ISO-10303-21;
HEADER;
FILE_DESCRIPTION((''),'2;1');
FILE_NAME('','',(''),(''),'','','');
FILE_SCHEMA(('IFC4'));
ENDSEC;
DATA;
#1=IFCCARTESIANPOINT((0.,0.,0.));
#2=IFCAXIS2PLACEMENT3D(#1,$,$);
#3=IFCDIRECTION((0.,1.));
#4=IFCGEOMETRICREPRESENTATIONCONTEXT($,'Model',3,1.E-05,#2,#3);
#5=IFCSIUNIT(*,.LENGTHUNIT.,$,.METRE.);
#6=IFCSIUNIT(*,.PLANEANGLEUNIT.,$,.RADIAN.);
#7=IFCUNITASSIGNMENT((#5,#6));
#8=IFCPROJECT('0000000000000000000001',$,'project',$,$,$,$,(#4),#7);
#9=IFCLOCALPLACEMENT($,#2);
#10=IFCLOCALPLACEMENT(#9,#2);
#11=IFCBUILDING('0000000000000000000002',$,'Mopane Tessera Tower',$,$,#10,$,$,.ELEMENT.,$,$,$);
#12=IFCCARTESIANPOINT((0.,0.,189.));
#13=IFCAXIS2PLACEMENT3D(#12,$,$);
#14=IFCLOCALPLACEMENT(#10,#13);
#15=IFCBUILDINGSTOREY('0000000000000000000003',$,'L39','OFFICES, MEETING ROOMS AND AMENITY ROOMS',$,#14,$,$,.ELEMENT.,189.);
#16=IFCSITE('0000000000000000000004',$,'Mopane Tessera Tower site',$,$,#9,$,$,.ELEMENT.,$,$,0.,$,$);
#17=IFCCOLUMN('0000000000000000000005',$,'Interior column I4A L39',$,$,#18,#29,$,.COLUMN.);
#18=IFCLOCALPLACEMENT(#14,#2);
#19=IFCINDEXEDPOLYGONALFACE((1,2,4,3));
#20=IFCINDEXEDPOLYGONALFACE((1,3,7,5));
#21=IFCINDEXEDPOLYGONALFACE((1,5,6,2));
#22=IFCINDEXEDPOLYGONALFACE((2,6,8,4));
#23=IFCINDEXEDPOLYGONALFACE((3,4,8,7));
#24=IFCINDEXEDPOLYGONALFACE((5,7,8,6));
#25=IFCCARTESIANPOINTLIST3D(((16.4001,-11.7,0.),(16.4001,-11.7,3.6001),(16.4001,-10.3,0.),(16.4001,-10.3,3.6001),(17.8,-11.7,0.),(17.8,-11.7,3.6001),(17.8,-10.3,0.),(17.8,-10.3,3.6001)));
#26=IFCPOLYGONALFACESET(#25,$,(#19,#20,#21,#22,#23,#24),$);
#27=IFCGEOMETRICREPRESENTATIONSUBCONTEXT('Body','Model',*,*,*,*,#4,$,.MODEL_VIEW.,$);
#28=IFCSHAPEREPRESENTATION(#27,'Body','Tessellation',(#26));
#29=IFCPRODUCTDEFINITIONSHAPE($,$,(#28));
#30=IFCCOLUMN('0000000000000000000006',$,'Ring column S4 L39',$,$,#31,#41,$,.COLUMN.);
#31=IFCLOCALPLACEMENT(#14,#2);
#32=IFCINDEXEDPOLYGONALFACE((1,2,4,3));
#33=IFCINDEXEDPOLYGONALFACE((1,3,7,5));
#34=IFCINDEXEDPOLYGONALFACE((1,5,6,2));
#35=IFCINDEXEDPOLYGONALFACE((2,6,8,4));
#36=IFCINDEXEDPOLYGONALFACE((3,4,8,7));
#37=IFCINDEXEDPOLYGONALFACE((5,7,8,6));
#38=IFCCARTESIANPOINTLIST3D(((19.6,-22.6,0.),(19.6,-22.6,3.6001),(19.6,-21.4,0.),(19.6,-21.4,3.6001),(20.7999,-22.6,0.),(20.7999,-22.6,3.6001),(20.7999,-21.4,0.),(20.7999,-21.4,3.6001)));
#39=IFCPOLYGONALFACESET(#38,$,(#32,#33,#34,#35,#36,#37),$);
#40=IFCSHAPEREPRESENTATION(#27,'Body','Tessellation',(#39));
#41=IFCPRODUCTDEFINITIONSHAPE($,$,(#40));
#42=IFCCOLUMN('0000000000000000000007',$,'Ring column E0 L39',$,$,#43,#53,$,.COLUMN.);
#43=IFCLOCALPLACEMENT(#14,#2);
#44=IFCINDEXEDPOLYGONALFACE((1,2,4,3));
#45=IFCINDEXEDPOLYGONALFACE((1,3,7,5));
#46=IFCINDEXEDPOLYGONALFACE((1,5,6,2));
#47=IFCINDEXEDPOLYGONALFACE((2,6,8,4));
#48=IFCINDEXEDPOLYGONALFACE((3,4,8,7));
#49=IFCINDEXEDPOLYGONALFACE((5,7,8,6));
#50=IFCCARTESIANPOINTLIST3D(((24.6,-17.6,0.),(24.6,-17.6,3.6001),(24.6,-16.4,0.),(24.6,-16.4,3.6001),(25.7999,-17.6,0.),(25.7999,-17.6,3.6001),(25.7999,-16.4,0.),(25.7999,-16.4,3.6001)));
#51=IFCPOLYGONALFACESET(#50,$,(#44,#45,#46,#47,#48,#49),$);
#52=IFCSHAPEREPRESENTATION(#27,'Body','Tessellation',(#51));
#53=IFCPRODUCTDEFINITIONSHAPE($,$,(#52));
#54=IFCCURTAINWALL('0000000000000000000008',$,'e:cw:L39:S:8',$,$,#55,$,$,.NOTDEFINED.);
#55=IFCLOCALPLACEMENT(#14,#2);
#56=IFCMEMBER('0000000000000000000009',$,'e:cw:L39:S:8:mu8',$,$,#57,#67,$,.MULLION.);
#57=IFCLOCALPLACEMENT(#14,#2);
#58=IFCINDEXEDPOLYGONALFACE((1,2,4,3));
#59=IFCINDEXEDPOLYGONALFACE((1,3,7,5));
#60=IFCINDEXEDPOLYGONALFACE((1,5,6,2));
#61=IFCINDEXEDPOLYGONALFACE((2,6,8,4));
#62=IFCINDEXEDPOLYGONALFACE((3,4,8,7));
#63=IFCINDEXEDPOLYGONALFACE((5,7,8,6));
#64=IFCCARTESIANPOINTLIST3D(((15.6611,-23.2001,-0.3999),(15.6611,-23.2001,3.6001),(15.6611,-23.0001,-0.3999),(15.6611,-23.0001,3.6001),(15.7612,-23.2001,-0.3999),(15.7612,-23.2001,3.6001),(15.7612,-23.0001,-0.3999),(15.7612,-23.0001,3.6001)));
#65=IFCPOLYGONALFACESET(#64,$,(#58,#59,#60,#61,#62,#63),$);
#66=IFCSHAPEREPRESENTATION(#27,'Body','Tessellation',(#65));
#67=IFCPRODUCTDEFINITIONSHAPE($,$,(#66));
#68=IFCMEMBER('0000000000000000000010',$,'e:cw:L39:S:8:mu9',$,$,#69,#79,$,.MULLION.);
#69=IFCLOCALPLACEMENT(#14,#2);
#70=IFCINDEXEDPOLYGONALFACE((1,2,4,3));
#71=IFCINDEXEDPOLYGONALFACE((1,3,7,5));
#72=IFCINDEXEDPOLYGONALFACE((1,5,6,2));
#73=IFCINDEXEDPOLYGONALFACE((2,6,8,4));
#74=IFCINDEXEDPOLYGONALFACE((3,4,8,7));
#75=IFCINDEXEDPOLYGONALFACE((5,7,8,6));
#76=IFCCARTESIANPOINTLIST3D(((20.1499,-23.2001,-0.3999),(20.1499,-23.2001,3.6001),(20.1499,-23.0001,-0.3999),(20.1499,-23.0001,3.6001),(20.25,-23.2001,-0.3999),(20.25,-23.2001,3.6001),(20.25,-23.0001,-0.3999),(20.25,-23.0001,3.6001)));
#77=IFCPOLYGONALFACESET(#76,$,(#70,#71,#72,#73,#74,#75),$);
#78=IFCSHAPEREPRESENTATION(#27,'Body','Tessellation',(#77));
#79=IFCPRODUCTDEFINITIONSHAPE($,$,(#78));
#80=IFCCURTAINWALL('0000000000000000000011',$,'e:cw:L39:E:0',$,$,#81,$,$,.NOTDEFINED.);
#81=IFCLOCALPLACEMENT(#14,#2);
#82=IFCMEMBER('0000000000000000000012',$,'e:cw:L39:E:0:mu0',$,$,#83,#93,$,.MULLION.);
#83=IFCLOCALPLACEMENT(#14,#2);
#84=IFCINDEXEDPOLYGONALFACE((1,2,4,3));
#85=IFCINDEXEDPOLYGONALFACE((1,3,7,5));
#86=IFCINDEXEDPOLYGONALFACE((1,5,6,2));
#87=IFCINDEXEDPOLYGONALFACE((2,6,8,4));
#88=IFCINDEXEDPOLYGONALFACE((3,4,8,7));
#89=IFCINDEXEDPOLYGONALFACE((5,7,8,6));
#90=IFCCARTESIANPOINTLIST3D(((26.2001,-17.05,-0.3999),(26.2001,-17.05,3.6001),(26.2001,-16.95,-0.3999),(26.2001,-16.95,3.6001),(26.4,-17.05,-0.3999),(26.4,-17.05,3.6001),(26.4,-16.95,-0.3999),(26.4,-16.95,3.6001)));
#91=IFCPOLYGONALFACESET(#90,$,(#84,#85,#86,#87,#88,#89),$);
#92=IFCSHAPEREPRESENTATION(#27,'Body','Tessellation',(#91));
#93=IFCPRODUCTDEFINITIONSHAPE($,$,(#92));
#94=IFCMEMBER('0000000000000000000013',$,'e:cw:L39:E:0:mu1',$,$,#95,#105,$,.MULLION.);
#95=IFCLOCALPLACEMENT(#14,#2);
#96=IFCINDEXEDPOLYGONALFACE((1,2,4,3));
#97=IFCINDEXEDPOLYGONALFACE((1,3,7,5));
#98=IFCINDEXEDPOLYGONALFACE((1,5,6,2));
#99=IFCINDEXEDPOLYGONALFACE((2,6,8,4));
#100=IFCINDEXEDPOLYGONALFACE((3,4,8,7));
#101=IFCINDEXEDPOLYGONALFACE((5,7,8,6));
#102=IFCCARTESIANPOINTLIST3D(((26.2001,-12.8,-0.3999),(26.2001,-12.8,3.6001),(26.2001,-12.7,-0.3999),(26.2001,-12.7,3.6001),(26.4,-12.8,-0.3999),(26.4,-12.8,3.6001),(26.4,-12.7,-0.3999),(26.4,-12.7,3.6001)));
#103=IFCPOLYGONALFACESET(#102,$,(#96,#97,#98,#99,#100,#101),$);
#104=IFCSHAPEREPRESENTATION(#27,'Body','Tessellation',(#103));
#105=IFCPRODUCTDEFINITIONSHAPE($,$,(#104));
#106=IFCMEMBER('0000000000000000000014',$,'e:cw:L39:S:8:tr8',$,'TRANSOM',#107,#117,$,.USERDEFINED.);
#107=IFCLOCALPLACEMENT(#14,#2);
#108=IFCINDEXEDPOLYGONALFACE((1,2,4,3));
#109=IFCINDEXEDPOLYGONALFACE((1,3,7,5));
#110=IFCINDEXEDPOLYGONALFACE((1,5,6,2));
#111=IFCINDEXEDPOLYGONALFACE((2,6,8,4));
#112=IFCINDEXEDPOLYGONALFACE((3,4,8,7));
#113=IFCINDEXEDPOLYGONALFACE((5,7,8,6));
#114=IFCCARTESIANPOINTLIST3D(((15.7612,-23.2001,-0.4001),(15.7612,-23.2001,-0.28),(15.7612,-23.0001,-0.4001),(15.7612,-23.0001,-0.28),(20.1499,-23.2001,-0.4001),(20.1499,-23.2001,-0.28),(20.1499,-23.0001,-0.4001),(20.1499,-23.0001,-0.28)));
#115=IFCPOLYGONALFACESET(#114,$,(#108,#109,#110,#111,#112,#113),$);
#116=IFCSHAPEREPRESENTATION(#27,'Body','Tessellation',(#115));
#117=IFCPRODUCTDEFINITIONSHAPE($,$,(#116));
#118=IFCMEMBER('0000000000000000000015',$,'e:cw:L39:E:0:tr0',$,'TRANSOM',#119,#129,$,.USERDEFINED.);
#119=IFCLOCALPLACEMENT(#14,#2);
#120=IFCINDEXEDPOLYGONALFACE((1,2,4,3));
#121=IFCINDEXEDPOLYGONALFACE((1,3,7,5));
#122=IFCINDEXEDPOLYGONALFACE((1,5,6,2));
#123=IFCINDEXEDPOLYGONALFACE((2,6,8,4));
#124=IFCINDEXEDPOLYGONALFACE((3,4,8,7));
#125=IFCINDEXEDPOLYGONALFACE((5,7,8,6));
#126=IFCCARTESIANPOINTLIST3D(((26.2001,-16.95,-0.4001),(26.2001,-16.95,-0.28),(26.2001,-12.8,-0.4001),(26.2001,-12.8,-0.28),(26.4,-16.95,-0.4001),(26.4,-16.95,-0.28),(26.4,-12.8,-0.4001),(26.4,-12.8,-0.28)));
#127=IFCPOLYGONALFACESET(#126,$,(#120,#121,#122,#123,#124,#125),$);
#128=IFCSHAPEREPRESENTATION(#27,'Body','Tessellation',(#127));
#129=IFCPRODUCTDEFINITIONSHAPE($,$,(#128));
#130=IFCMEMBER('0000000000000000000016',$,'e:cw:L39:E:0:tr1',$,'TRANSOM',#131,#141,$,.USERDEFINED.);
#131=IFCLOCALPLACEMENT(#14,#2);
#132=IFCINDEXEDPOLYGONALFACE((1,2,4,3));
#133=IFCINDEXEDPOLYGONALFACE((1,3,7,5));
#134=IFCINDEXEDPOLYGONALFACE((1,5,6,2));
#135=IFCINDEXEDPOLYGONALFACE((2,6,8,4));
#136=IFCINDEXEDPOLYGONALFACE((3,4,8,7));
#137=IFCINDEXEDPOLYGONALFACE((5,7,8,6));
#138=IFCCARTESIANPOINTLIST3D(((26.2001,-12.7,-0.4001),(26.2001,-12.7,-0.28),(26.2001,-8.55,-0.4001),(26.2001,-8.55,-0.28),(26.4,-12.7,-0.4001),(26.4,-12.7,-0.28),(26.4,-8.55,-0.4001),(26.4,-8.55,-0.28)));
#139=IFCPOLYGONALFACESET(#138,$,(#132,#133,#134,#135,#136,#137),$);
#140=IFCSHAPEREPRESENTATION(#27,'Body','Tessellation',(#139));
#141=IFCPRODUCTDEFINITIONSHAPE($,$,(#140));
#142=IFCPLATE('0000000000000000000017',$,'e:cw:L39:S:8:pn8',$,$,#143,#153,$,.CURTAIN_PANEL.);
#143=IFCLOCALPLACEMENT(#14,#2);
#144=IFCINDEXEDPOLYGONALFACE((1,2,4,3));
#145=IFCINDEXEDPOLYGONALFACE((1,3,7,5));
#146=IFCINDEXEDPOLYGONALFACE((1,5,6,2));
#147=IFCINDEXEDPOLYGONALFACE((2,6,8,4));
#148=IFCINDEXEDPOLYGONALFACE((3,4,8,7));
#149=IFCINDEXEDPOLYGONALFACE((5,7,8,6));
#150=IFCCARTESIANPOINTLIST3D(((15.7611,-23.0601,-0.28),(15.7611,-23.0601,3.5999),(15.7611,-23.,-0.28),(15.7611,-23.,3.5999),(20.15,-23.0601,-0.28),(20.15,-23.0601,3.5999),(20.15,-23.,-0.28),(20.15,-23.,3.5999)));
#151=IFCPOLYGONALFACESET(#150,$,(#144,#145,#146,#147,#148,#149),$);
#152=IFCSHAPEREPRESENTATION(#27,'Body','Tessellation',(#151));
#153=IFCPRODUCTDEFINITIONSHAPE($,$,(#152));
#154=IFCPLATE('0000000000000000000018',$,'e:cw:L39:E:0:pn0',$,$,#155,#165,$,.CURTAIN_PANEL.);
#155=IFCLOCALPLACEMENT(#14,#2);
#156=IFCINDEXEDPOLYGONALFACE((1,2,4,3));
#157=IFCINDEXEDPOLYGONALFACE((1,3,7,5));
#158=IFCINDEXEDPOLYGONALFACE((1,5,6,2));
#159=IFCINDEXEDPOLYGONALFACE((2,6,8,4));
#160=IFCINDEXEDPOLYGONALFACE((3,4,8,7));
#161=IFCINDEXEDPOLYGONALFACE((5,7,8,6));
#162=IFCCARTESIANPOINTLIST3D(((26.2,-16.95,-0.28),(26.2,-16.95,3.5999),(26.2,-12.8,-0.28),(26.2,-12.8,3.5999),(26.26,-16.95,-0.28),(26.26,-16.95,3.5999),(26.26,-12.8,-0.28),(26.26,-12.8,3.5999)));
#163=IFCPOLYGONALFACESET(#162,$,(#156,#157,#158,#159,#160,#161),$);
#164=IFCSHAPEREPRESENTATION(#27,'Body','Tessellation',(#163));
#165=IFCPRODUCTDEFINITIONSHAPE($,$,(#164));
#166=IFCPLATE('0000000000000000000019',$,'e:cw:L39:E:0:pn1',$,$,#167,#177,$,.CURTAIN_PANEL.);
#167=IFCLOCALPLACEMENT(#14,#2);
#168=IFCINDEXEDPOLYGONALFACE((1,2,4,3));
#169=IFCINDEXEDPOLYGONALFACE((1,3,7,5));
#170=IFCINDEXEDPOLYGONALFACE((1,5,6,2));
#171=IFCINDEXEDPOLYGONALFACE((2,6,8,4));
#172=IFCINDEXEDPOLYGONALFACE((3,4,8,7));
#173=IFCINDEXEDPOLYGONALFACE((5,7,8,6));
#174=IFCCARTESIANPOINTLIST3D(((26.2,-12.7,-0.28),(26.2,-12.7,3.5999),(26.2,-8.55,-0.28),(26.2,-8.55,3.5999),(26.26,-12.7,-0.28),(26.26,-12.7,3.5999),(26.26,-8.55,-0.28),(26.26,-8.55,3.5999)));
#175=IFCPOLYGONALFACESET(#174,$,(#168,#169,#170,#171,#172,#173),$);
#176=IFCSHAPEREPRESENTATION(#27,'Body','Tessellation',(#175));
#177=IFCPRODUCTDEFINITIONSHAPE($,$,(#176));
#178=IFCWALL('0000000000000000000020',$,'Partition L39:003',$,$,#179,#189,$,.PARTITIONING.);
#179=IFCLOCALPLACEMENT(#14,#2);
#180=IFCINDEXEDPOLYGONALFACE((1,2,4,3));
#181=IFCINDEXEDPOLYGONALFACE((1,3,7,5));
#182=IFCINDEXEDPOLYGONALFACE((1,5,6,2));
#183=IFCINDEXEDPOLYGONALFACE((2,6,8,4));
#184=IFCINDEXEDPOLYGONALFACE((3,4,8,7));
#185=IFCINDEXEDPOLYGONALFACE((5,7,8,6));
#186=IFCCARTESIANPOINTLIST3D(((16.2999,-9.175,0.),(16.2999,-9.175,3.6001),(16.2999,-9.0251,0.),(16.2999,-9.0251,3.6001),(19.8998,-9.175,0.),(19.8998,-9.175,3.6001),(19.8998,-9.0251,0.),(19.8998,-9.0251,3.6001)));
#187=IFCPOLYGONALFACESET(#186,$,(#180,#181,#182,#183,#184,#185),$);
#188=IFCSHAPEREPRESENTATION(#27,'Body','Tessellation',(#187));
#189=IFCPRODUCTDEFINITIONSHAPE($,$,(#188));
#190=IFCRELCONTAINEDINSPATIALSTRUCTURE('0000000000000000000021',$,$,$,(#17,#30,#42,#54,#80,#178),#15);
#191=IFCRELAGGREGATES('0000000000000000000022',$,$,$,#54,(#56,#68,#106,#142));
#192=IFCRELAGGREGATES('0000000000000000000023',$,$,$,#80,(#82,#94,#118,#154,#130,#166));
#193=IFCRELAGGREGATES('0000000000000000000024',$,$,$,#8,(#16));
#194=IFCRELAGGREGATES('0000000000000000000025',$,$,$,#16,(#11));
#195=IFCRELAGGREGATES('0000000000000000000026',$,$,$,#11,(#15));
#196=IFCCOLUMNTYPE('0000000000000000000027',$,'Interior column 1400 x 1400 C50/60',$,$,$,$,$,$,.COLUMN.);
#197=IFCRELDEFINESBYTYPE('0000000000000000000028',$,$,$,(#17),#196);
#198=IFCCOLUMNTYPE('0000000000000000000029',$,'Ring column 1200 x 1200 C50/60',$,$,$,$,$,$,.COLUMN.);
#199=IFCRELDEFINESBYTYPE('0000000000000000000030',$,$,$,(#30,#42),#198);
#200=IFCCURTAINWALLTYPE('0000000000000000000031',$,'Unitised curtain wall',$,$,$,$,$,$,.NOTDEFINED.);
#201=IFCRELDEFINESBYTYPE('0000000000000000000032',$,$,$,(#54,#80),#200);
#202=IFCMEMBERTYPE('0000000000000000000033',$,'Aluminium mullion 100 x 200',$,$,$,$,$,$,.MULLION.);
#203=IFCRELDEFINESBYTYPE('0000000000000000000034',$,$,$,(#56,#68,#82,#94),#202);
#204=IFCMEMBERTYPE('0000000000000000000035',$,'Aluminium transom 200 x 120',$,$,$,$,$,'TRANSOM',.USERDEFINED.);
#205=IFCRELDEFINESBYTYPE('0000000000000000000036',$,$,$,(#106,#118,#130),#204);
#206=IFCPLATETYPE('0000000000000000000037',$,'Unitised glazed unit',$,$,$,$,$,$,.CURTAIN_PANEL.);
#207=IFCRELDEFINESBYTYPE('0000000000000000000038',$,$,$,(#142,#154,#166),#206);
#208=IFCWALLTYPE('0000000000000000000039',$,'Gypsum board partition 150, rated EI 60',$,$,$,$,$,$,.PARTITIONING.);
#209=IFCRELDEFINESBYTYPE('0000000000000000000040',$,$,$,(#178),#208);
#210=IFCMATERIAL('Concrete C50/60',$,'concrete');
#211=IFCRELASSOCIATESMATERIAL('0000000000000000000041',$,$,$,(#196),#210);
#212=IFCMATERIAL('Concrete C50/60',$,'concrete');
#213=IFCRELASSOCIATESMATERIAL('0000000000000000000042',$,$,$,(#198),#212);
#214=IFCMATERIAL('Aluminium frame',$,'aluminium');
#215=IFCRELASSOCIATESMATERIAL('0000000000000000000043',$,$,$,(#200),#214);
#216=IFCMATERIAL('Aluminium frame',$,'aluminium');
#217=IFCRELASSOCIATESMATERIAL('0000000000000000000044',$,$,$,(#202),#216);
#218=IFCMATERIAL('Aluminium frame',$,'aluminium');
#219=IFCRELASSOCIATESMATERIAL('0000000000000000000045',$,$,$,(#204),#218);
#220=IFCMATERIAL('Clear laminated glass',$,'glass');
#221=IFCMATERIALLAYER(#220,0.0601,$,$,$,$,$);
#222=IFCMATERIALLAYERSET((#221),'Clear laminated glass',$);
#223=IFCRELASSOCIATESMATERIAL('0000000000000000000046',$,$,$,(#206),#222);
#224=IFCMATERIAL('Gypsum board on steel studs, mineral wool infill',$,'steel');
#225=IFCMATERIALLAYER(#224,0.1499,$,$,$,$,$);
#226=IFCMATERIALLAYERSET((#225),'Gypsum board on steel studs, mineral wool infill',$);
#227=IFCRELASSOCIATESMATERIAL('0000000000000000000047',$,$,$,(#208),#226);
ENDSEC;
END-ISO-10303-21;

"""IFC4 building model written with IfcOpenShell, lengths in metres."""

from ifc_helpers import new_model, si_unit, direction, frame, frame_2d, origin, origin_2d, place, context, subcontext, project, spatial, rectangle, extrude, material, layer, layer_set, material_profile, profile_set, type_object, element, aggregate, save


model = new_model("IFC4")

# Units and contexts
model_context = context("Model", 3, precision=1e-05, world=origin(), true_north=direction((0.0, 1.0)))
body_context = subcontext(model_context, "Body", "Model", "MODEL_VIEW")
ifc_project = project(units=[si_unit("LENGTHUNIT", "METRE"), si_unit("PLANEANGLEUNIT", "RADIAN")], contexts=[model_context])

# Site, building, storey
site_placement = place(None, origin())
site = spatial("IfcSite", under=ifc_project, at=site_placement, Name="Mopane Tessera Tower site", CompositionType="ELEMENT", RefElevation=0.0)
building_placement = place(site_placement, origin())
building = spatial("IfcBuilding", under=site, at=building_placement, Name="Mopane Tessera Tower", CompositionType="ELEMENT")
storey_placement = place(building_placement, frame((0.0, 0.0, 189.0)))
storey = spatial("IfcBuildingStorey", under=building, at=storey_placement, Name="L39", Description="OFFICES, MEETING ROOMS AND AMENITY ROOMS", CompositionType="ELEMENT", Elevation=189.0)

# Columns
ifc_material_1 = material(Name="Concrete C50/60", Category="concrete")
ifc_material_profile_1 = material_profile(ifc_material_1, rectangle(XDim=1.3999, YDim=1.3999, at=origin_2d()))
ifc_profile_set_1 = profile_set([ifc_material_profile_1], Name="Concrete C50/60")
column_type_1 = type_object("IfcColumnType", Name="Interior column 1400 x 1400 C50/60", PredefinedType="COLUMN", material=ifc_profile_set_1)
column_placement = place(storey_placement, frame((17.1001, -11.0, 0.0), z_axis=(0.0, 0.0, 1.0), x_axis=(1.0, 0.0, 0.0)))
element("IfcColumn", 1, at=column_placement, inside=storey, type_object=column_type_1, Name="Interior column I4A L39", PredefinedType="COLUMN", context=body_context, shape_type="SweptSolid", body=[
    extrude(rectangle(XDim=1.3999, YDim=1.3999, at=origin_2d()), origin(), (0.0, 0.0, 1.0), 3.6001),
])
ifc_material_2 = material(Name="Concrete C50/60", Category="concrete")
ifc_material_profile_2 = material_profile(ifc_material_2, rectangle(XDim=1.2, YDim=1.2, at=origin_2d()))
ifc_profile_set_2 = profile_set([ifc_material_profile_2], Name="Concrete C50/60")
column_type_2 = type_object("IfcColumnType", Name="Ring column 1200 x 1200 C50/60", PredefinedType="COLUMN", material=ifc_profile_set_2)
for number, where, z_axis, x_axis, name in (
    (2, (20.2, -22.0, 0.0), (0.0, 0.0, 1.0), (1.0, 0.0, 0.0), "Ring column S4 L39"),
    (3, (25.2, -17.0, 0.0), (0.0, 0.0, 1.0), (1.0, 0.0, 0.0), "Ring column E0 L39"),
):
    element("IfcColumn", number, at=place(storey_placement, frame(where, z_axis=z_axis, x_axis=x_axis)), inside=storey, type_object=column_type_2, Name=name, PredefinedType="COLUMN", context=body_context, shape_type="SweptSolid", body=[
        extrude(rectangle(XDim=1.2, YDim=1.2, at=origin_2d()), origin(), (0.0, 0.0, 1.0), 3.6001),
    ])

# Curtain walls, members
ifc_material_3 = material(Name="Aluminium frame", Category="aluminium")
curtain_wall_type = type_object("IfcCurtainWallType", Name="Unitised curtain wall", PredefinedType="NOTDEFINED", material=ifc_material_3)
curtain_wall_1_placement = place(storey_placement, origin())
curtain_wall_1 = element("IfcCurtainWall", 4, at=curtain_wall_1_placement, inside=storey, type_object=curtain_wall_type, Name="e:cw:L39:S:8", PredefinedType="NOTDEFINED")
ifc_material_4 = material(Name="Aluminium frame", Category="aluminium")
ifc_material_profile_3 = material_profile(ifc_material_4, rectangle(XDim=0.1001, YDim=0.2, at=origin_2d()))
ifc_profile_set_3 = profile_set([ifc_material_profile_3], Name="Aluminium frame")
member_type_1 = type_object("IfcMemberType", Name="Aluminium mullion 100 x 200", PredefinedType="MULLION", material=ifc_profile_set_3)
member_1_placement = place(storey_placement, frame((15.7112, -23.1001, -0.3999), z_axis=(0.0, 0.0, 1.0), x_axis=(1.0, 0.0, 0.0)))
member_1 = element("IfcMember", 5, at=member_1_placement, type_object=member_type_1, Name="e:cw:L39:S:8:mu8", PredefinedType="MULLION", context=body_context, shape_type="SweptSolid", body=[
    extrude(rectangle(XDim=0.1001, YDim=0.2, at=origin_2d()), origin(), (0.0, 0.0, 1.0), 4.0),
])
member_2_placement = place(storey_placement, frame((20.2, -23.1001, -0.3999), z_axis=(0.0, 0.0, 1.0), x_axis=(1.0, 0.0, 0.0)))
member_2 = element("IfcMember", 6, at=member_2_placement, type_object=member_type_1, Name="e:cw:L39:S:8:mu9", PredefinedType="MULLION", context=body_context, shape_type="SweptSolid", body=[
    extrude(rectangle(XDim=0.1001, YDim=0.2, at=origin_2d()), origin(), (0.0, 0.0, 1.0), 4.0),
])
curtain_wall_2_placement = place(storey_placement, origin())
curtain_wall_2 = element("IfcCurtainWall", 7, at=curtain_wall_2_placement, inside=storey, type_object=curtain_wall_type, Name="e:cw:L39:E:0", PredefinedType="NOTDEFINED")
member_3_placement = place(storey_placement, frame((26.3, -17.0, -0.3999), z_axis=(0.0, 0.0, 1.0), x_axis=(0.0, 1.0, 0.0)))
member_3 = element("IfcMember", 8, at=member_3_placement, type_object=member_type_1, Name="e:cw:L39:E:0:mu0", PredefinedType="MULLION", context=body_context, shape_type="SweptSolid", body=[
    extrude(rectangle(XDim=0.1001, YDim=0.2, at=origin_2d()), origin(), (0.0, 0.0, 1.0), 4.0),
])
member_4_placement = place(storey_placement, frame((26.3, -12.75, -0.3999), z_axis=(0.0, 0.0, 1.0), x_axis=(0.0, 1.0, 0.0)))
member_4 = element("IfcMember", 9, at=member_4_placement, type_object=member_type_1, Name="e:cw:L39:E:0:mu1", PredefinedType="MULLION", context=body_context, shape_type="SweptSolid", body=[
    extrude(rectangle(XDim=0.1001, YDim=0.2, at=origin_2d()), origin(), (0.0, 0.0, 1.0), 4.0),
])

# Members
ifc_material_5 = material(Name="Aluminium frame", Category="aluminium")
ifc_material_profile_4 = material_profile(ifc_material_5, rectangle(XDim=0.2, YDim=0.1201, at=origin_2d()))
ifc_profile_set_4 = profile_set([ifc_material_profile_4], Name="Aluminium frame")
member_type_2 = type_object("IfcMemberType", Name="Aluminium transom 200 x 120", ElementType="TRANSOM", PredefinedType="USERDEFINED", material=ifc_profile_set_4)
member_5_placement = place(storey_placement, frame((15.7612, -23.1001, -0.3401), z_axis=(1.0, 0.0, 0.0), x_axis=(0.0, 1.0, 0.0)))
member_5 = element("IfcMember", 10, at=member_5_placement, type_object=member_type_2, Name="e:cw:L39:S:8:tr8", ObjectType="TRANSOM", PredefinedType="USERDEFINED", context=body_context, shape_type="SweptSolid", body=[
    extrude(rectangle(XDim=0.2, YDim=0.1201, at=origin_2d()), origin(), (0.0, 0.0, 1.0), 4.3887),
])
member_6_placement = place(storey_placement, frame((26.3, -16.95, -0.3401), z_axis=(0.0, 1.0, 0.0), x_axis=(-1.0, 0.0, 0.0)))
member_6 = element("IfcMember", 11, at=member_6_placement, type_object=member_type_2, Name="e:cw:L39:E:0:tr0", ObjectType="TRANSOM", PredefinedType="USERDEFINED", context=body_context, shape_type="SweptSolid", body=[
    extrude(rectangle(XDim=0.2, YDim=0.1201, at=origin_2d()), origin(), (0.0, 0.0, 1.0), 4.1499),
])
member_7_placement = place(storey_placement, frame((26.3, -12.7, -0.3401), z_axis=(0.0, 1.0, 0.0), x_axis=(-1.0, 0.0, 0.0)))
member_7 = element("IfcMember", 12, at=member_7_placement, type_object=member_type_2, Name="e:cw:L39:E:0:tr1", ObjectType="TRANSOM", PredefinedType="USERDEFINED", context=body_context, shape_type="SweptSolid", body=[
    extrude(rectangle(XDim=0.2, YDim=0.1201, at=origin_2d()), origin(), (0.0, 0.0, 1.0), 4.1499),
])

# Plates
ifc_material_6 = material(Name="Clear laminated glass", Category="glass")
ifc_layer_1 = layer(ifc_material_6, 0.0601)
ifc_layer_set_1 = layer_set([ifc_layer_1], Name="Clear laminated glass")
plate_type = type_object("IfcPlateType", Name="Unitised glazed unit", PredefinedType="CURTAIN_PANEL", material=ifc_layer_set_1)
plate_1_placement = place(storey_placement, frame((17.9556, -23.03, -0.28), z_axis=(0.0, 0.0, 1.0), x_axis=(1.0, 0.0, 0.0)))
plate_1 = element("IfcPlate", 13, at=plate_1_placement, type_object=plate_type, Name="e:cw:L39:S:8:pn8", PredefinedType="CURTAIN_PANEL", context=body_context, shape_type="SweptSolid", body=[
    extrude(rectangle(XDim=4.3889, YDim=0.0601, at=origin_2d()), origin(), (0.0, 0.0, 1.0), 3.8799),
])
aggregate(curtain_wall_1, [member_1, member_2, member_5, plate_1])
plate_2_placement = place(storey_placement, frame((26.23, -14.875, -0.28), z_axis=(0.0, 0.0, 1.0), x_axis=(0.0, 1.0, 0.0)))
plate_2 = element("IfcPlate", 14, at=plate_2_placement, type_object=plate_type, Name="e:cw:L39:E:0:pn0", PredefinedType="CURTAIN_PANEL", context=body_context, shape_type="SweptSolid", body=[
    extrude(rectangle(XDim=4.1499, YDim=0.0601, at=origin_2d()), origin(), (0.0, 0.0, 1.0), 3.8799),
])
plate_3_placement = place(storey_placement, frame((26.23, -10.625, -0.28), z_axis=(0.0, 0.0, 1.0), x_axis=(0.0, 1.0, 0.0)))
plate_3 = element("IfcPlate", 15, at=plate_3_placement, type_object=plate_type, Name="e:cw:L39:E:0:pn1", PredefinedType="CURTAIN_PANEL", context=body_context, shape_type="SweptSolid", body=[
    extrude(rectangle(XDim=4.1499, YDim=0.0601, at=origin_2d()), origin(), (0.0, 0.0, 1.0), 3.8799),
])
aggregate(curtain_wall_2, [member_3, member_4, member_6, plate_2, member_7, plate_3])

# Wall
ifc_material_7 = material(Name="Gypsum board on steel studs, mineral wool infill", Category="steel")
ifc_layer_2 = layer(ifc_material_7, 0.1499)
ifc_layer_set_2 = layer_set([ifc_layer_2], Name="Gypsum board on steel studs, mineral wool infill")
wall_type_1 = type_object("IfcWallType", Name="Gypsum board partition 150, rated EI 60", PredefinedType="PARTITIONING", material=ifc_layer_set_2)
wall_1_placement = place(storey_placement, frame((16.3, -9.1001, 0.0), z_axis=(0.0, 0.0, 1.0), x_axis=(1.0, 0.0, 0.0)))
element("IfcWall", 16, at=wall_1_placement, inside=storey, type_object=wall_type_1, Name="Partition L39:003", PredefinedType="PARTITIONING", context=body_context, shape_type="SweptSolid", body=[
    extrude(rectangle(XDim=3.5999, YDim=0.1499, at=frame_2d((1.7998, 0.0))), origin(), (0.0, 0.0, 1.0), 3.6001),
])

save(model, "model.ifc")
